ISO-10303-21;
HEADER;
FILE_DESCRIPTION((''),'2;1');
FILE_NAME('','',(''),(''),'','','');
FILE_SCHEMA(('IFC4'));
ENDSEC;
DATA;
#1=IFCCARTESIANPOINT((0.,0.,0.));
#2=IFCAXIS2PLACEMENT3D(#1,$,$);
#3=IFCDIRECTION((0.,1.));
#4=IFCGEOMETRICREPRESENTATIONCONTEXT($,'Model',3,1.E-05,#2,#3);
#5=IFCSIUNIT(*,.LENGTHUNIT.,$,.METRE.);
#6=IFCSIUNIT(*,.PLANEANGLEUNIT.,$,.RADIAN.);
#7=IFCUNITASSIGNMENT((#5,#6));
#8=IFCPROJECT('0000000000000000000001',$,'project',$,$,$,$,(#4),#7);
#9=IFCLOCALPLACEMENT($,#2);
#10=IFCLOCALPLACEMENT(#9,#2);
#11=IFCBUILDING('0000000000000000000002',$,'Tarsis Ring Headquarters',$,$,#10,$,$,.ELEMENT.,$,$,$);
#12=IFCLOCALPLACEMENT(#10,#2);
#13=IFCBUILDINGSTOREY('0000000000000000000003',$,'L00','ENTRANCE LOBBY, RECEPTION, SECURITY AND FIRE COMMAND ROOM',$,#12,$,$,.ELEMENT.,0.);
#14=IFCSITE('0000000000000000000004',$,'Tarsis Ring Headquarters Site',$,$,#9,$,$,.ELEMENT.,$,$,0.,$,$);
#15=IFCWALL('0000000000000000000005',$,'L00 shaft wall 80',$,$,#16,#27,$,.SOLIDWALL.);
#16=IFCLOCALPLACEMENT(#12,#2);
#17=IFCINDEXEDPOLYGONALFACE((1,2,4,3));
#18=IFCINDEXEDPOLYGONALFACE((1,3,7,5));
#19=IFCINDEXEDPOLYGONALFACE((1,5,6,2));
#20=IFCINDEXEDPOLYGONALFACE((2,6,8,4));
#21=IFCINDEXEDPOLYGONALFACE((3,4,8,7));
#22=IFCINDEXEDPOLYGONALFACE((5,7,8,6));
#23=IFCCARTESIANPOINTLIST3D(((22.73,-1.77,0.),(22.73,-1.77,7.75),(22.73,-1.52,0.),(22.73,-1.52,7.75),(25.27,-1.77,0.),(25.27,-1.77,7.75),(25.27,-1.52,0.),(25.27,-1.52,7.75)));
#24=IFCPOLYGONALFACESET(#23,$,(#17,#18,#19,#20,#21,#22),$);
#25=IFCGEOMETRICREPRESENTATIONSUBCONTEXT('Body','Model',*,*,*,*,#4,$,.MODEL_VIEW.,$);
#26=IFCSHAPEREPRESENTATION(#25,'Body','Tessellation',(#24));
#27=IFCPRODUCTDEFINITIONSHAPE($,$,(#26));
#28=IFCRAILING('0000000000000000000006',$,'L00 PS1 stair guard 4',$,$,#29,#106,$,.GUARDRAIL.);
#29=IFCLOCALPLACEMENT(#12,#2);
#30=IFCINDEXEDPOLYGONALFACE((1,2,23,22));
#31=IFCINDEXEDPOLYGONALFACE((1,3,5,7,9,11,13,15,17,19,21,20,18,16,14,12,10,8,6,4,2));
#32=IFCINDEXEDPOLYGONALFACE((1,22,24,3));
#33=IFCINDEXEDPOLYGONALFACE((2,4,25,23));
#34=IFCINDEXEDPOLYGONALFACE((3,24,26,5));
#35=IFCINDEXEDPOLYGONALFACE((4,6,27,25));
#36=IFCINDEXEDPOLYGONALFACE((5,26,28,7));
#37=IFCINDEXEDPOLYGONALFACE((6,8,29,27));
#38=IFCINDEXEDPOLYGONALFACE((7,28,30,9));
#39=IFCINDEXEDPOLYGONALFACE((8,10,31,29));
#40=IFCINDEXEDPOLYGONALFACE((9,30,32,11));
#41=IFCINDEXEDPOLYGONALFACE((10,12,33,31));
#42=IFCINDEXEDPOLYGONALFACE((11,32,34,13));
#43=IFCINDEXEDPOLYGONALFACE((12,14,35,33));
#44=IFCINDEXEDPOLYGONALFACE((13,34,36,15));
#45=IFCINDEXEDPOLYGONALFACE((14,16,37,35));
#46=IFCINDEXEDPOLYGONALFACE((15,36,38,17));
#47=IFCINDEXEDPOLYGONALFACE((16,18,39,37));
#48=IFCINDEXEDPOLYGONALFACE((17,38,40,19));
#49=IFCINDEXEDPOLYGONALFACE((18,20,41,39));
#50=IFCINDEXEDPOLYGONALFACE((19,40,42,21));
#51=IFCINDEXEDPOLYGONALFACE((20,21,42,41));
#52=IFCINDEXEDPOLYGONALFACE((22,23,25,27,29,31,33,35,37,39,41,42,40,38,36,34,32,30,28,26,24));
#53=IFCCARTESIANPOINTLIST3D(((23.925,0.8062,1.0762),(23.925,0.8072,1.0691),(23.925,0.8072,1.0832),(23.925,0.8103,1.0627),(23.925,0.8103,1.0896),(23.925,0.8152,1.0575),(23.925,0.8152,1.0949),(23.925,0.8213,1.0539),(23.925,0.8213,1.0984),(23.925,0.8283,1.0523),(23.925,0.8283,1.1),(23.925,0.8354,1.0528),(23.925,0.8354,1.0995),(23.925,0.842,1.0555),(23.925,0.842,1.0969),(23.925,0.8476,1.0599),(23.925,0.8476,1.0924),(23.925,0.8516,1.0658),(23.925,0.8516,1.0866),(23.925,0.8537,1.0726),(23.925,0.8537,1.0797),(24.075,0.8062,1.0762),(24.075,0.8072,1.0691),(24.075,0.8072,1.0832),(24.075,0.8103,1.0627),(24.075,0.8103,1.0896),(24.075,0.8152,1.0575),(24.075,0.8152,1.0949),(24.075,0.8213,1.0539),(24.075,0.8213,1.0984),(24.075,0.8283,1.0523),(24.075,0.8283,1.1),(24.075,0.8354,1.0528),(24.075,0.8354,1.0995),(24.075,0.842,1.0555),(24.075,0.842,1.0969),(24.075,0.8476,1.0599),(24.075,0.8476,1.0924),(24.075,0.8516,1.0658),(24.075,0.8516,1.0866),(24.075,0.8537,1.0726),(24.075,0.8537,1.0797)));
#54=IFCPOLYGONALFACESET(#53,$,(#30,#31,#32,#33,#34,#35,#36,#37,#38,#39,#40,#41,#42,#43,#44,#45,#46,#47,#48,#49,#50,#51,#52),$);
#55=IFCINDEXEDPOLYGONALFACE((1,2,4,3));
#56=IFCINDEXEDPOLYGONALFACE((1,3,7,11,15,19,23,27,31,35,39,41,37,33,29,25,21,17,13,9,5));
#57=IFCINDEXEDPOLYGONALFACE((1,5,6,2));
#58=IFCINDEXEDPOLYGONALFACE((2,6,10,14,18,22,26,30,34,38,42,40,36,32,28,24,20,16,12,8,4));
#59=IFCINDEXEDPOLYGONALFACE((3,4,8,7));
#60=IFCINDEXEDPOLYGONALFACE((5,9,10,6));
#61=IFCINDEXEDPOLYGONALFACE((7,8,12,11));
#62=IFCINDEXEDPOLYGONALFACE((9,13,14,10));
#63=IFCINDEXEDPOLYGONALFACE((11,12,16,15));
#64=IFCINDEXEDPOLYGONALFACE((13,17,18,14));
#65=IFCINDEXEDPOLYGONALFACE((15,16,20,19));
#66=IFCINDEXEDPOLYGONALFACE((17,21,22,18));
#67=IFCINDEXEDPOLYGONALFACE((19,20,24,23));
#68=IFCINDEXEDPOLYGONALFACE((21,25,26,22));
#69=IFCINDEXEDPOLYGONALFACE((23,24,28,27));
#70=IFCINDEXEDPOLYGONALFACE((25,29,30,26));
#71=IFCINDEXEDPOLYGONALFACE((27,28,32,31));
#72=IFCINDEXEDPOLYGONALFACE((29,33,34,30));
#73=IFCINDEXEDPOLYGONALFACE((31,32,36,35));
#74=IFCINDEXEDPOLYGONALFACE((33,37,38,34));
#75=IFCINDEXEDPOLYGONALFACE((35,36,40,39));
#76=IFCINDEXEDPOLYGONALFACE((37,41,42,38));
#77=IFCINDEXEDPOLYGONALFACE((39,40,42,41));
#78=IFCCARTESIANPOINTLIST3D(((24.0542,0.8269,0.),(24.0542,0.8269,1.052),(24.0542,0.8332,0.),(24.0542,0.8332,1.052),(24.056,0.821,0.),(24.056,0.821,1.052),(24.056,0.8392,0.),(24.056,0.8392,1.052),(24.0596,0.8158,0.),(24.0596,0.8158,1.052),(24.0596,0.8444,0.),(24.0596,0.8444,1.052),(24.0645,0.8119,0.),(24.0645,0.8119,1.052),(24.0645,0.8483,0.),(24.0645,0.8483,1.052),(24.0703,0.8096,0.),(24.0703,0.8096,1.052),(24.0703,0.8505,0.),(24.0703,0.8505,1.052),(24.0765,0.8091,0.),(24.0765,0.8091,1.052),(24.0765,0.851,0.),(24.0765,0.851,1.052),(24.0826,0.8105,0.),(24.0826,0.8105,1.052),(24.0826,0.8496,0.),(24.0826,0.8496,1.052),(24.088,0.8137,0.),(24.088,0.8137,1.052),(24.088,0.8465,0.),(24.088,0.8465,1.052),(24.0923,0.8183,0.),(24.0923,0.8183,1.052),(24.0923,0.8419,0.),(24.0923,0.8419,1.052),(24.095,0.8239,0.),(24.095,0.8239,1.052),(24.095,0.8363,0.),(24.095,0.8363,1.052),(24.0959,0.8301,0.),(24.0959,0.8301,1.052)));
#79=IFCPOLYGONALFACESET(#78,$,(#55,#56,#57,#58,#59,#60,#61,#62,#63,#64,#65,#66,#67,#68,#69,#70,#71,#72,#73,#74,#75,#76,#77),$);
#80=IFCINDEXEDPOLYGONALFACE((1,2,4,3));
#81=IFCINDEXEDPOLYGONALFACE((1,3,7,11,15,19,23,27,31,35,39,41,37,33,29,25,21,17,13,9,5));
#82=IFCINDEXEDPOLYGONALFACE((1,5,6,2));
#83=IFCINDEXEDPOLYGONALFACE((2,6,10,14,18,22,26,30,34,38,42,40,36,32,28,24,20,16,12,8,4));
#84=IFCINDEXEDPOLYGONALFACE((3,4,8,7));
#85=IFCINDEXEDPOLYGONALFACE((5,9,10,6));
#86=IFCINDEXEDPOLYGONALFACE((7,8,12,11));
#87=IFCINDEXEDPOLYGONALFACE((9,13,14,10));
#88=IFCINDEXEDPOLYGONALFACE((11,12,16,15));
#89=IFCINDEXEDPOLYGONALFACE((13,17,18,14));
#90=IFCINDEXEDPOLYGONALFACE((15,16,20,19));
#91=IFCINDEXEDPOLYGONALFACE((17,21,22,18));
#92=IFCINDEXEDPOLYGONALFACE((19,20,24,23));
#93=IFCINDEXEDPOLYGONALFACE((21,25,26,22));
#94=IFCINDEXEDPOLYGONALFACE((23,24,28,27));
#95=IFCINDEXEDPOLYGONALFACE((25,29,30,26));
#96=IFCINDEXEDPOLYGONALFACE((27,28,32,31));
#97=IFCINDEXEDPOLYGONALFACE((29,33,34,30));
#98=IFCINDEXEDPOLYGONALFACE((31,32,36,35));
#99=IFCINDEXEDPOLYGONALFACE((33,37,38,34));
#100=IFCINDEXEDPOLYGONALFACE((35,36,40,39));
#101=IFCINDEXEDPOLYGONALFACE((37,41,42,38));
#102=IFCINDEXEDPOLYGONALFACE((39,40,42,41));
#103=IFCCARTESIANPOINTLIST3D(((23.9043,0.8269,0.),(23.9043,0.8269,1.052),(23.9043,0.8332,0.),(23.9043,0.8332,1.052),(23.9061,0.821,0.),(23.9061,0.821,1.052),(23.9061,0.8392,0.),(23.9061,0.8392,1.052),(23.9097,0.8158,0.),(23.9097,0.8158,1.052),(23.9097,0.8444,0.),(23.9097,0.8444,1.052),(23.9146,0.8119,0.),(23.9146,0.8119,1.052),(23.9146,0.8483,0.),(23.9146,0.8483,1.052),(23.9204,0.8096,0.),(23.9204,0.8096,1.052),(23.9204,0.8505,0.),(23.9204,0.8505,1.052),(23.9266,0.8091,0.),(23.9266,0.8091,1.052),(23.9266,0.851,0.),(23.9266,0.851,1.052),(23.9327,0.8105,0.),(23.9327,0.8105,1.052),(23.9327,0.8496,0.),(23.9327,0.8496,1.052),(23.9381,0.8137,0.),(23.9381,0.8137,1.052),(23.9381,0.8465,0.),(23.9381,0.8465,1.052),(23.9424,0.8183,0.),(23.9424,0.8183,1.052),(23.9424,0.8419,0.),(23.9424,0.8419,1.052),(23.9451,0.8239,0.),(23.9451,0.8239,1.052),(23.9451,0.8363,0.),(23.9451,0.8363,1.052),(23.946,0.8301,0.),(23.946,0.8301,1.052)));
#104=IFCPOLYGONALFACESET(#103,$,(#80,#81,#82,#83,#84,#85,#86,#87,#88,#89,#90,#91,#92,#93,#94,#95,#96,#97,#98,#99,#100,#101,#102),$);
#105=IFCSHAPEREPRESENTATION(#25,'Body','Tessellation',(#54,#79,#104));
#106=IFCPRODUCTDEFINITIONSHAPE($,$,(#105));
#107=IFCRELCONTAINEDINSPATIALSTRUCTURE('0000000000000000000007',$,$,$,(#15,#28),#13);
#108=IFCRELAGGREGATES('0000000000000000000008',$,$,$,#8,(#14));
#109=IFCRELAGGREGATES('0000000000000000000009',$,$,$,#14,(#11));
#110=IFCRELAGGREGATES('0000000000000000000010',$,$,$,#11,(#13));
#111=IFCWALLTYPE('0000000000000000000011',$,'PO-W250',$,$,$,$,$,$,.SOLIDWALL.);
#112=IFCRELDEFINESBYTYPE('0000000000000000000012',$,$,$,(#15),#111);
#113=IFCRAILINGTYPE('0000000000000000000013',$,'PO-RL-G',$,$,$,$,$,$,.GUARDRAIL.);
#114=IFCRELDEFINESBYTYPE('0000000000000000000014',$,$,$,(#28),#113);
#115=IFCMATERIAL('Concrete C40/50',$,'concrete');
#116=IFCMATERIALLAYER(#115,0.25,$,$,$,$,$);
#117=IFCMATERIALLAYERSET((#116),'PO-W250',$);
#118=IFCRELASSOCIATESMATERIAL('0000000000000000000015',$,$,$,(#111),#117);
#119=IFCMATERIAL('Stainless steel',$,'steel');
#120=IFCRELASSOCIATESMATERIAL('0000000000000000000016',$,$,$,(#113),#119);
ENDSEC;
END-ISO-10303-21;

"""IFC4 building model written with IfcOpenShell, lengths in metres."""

from ifc_helpers import new_model, si_unit, direction, frame, frame_2d, origin, origin_2d, place, context, subcontext, project, spatial, rectangle, circle, extrude, material, layer, layer_set, type_object, element, save


model = new_model("IFC4")

# Units and contexts
model_context = context("Model", 3, precision=1e-05, world=origin(), true_north=direction((0.0, 1.0)))
body_context = subcontext(model_context, "Body", "Model", "MODEL_VIEW")
ifc_project = project(units=[si_unit("LENGTHUNIT", "METRE"), si_unit("PLANEANGLEUNIT", "RADIAN")], contexts=[model_context])

# Site, building, storey
site_placement = place(None, origin())
site = spatial("IfcSite", under=ifc_project, at=site_placement, Name="Tarsis Ring Headquarters Site", CompositionType="ELEMENT", RefElevation=0.0)
building_placement = place(site_placement, origin())
building = spatial("IfcBuilding", under=site, at=building_placement, Name="Tarsis Ring Headquarters", CompositionType="ELEMENT")
storey_placement = place(building_placement, origin())
storey = spatial("IfcBuildingStorey", under=building, at=storey_placement, Name="L00", Description="ENTRANCE LOBBY, RECEPTION, SECURITY AND FIRE COMMAND ROOM", CompositionType="ELEMENT", Elevation=0.0)

# Shared definitions
ifc_material_1 = material(Name="Concrete C40/50", Category="concrete")

# Wall
ifc_layer_1 = layer(ifc_material_1, 0.25)
ifc_layer_set_1 = layer_set([ifc_layer_1], Name="PO-W250")
wall_type_1 = type_object("IfcWallType", Name="PO-W250", PredefinedType="SOLIDWALL", material=ifc_layer_set_1)
wall_1_placement = place(storey_placement, frame((25.27, -1.645, 0.0), z_axis=(0.0, 0.0, 1.0), x_axis=(-1.0, 0.0, 0.0)))
element("IfcWall", 1, at=wall_1_placement, inside=storey, type_object=wall_type_1, Name="L00 shaft wall 80", PredefinedType="SOLIDWALL", context=body_context, shape_type="SweptSolid", body=[
    extrude(rectangle(XDim=2.54, YDim=0.25, at=frame_2d((1.27, 0.0))), origin(), (0.0, 0.0, 1.0), 7.75),
])

# Railing
ifc_material_2 = material(Name="Stainless steel", Category="steel")
railing_type_1 = type_object("IfcRailingType", Name="PO-RL-G", PredefinedType="GUARDRAIL", material=ifc_material_2)
railing_1_placement = place(storey_placement, frame((24.075, 0.8301, 0.0)))
element("IfcRailing", 2, at=railing_1_placement, inside=storey, type_object=railing_type_1, Name="L00 PS1 stair guard 4", PredefinedType="GUARDRAIL", context=body_context, shape_type="SweptSolid", body=[
    extrude(circle(Radius=0.0239, at=origin_2d()), frame((0.0, 0.0, 1.0762), z_axis=(-1.0, 0.0, 0.0), x_axis=(0.0, -1.0, 0.0)), (0.0, 0.0, 1.0), 0.1499),
    extrude(circle(Radius=0.021, at=origin_2d()), origin(), (0.0, 0.0, 1.0), 1.052),
    extrude(circle(Radius=0.021, at=origin_2d()), frame((-0.1499, 0.0, 0.0)), (0.0, 0.0, 1.0), 1.052),
])

save(model, "model.ifc")
